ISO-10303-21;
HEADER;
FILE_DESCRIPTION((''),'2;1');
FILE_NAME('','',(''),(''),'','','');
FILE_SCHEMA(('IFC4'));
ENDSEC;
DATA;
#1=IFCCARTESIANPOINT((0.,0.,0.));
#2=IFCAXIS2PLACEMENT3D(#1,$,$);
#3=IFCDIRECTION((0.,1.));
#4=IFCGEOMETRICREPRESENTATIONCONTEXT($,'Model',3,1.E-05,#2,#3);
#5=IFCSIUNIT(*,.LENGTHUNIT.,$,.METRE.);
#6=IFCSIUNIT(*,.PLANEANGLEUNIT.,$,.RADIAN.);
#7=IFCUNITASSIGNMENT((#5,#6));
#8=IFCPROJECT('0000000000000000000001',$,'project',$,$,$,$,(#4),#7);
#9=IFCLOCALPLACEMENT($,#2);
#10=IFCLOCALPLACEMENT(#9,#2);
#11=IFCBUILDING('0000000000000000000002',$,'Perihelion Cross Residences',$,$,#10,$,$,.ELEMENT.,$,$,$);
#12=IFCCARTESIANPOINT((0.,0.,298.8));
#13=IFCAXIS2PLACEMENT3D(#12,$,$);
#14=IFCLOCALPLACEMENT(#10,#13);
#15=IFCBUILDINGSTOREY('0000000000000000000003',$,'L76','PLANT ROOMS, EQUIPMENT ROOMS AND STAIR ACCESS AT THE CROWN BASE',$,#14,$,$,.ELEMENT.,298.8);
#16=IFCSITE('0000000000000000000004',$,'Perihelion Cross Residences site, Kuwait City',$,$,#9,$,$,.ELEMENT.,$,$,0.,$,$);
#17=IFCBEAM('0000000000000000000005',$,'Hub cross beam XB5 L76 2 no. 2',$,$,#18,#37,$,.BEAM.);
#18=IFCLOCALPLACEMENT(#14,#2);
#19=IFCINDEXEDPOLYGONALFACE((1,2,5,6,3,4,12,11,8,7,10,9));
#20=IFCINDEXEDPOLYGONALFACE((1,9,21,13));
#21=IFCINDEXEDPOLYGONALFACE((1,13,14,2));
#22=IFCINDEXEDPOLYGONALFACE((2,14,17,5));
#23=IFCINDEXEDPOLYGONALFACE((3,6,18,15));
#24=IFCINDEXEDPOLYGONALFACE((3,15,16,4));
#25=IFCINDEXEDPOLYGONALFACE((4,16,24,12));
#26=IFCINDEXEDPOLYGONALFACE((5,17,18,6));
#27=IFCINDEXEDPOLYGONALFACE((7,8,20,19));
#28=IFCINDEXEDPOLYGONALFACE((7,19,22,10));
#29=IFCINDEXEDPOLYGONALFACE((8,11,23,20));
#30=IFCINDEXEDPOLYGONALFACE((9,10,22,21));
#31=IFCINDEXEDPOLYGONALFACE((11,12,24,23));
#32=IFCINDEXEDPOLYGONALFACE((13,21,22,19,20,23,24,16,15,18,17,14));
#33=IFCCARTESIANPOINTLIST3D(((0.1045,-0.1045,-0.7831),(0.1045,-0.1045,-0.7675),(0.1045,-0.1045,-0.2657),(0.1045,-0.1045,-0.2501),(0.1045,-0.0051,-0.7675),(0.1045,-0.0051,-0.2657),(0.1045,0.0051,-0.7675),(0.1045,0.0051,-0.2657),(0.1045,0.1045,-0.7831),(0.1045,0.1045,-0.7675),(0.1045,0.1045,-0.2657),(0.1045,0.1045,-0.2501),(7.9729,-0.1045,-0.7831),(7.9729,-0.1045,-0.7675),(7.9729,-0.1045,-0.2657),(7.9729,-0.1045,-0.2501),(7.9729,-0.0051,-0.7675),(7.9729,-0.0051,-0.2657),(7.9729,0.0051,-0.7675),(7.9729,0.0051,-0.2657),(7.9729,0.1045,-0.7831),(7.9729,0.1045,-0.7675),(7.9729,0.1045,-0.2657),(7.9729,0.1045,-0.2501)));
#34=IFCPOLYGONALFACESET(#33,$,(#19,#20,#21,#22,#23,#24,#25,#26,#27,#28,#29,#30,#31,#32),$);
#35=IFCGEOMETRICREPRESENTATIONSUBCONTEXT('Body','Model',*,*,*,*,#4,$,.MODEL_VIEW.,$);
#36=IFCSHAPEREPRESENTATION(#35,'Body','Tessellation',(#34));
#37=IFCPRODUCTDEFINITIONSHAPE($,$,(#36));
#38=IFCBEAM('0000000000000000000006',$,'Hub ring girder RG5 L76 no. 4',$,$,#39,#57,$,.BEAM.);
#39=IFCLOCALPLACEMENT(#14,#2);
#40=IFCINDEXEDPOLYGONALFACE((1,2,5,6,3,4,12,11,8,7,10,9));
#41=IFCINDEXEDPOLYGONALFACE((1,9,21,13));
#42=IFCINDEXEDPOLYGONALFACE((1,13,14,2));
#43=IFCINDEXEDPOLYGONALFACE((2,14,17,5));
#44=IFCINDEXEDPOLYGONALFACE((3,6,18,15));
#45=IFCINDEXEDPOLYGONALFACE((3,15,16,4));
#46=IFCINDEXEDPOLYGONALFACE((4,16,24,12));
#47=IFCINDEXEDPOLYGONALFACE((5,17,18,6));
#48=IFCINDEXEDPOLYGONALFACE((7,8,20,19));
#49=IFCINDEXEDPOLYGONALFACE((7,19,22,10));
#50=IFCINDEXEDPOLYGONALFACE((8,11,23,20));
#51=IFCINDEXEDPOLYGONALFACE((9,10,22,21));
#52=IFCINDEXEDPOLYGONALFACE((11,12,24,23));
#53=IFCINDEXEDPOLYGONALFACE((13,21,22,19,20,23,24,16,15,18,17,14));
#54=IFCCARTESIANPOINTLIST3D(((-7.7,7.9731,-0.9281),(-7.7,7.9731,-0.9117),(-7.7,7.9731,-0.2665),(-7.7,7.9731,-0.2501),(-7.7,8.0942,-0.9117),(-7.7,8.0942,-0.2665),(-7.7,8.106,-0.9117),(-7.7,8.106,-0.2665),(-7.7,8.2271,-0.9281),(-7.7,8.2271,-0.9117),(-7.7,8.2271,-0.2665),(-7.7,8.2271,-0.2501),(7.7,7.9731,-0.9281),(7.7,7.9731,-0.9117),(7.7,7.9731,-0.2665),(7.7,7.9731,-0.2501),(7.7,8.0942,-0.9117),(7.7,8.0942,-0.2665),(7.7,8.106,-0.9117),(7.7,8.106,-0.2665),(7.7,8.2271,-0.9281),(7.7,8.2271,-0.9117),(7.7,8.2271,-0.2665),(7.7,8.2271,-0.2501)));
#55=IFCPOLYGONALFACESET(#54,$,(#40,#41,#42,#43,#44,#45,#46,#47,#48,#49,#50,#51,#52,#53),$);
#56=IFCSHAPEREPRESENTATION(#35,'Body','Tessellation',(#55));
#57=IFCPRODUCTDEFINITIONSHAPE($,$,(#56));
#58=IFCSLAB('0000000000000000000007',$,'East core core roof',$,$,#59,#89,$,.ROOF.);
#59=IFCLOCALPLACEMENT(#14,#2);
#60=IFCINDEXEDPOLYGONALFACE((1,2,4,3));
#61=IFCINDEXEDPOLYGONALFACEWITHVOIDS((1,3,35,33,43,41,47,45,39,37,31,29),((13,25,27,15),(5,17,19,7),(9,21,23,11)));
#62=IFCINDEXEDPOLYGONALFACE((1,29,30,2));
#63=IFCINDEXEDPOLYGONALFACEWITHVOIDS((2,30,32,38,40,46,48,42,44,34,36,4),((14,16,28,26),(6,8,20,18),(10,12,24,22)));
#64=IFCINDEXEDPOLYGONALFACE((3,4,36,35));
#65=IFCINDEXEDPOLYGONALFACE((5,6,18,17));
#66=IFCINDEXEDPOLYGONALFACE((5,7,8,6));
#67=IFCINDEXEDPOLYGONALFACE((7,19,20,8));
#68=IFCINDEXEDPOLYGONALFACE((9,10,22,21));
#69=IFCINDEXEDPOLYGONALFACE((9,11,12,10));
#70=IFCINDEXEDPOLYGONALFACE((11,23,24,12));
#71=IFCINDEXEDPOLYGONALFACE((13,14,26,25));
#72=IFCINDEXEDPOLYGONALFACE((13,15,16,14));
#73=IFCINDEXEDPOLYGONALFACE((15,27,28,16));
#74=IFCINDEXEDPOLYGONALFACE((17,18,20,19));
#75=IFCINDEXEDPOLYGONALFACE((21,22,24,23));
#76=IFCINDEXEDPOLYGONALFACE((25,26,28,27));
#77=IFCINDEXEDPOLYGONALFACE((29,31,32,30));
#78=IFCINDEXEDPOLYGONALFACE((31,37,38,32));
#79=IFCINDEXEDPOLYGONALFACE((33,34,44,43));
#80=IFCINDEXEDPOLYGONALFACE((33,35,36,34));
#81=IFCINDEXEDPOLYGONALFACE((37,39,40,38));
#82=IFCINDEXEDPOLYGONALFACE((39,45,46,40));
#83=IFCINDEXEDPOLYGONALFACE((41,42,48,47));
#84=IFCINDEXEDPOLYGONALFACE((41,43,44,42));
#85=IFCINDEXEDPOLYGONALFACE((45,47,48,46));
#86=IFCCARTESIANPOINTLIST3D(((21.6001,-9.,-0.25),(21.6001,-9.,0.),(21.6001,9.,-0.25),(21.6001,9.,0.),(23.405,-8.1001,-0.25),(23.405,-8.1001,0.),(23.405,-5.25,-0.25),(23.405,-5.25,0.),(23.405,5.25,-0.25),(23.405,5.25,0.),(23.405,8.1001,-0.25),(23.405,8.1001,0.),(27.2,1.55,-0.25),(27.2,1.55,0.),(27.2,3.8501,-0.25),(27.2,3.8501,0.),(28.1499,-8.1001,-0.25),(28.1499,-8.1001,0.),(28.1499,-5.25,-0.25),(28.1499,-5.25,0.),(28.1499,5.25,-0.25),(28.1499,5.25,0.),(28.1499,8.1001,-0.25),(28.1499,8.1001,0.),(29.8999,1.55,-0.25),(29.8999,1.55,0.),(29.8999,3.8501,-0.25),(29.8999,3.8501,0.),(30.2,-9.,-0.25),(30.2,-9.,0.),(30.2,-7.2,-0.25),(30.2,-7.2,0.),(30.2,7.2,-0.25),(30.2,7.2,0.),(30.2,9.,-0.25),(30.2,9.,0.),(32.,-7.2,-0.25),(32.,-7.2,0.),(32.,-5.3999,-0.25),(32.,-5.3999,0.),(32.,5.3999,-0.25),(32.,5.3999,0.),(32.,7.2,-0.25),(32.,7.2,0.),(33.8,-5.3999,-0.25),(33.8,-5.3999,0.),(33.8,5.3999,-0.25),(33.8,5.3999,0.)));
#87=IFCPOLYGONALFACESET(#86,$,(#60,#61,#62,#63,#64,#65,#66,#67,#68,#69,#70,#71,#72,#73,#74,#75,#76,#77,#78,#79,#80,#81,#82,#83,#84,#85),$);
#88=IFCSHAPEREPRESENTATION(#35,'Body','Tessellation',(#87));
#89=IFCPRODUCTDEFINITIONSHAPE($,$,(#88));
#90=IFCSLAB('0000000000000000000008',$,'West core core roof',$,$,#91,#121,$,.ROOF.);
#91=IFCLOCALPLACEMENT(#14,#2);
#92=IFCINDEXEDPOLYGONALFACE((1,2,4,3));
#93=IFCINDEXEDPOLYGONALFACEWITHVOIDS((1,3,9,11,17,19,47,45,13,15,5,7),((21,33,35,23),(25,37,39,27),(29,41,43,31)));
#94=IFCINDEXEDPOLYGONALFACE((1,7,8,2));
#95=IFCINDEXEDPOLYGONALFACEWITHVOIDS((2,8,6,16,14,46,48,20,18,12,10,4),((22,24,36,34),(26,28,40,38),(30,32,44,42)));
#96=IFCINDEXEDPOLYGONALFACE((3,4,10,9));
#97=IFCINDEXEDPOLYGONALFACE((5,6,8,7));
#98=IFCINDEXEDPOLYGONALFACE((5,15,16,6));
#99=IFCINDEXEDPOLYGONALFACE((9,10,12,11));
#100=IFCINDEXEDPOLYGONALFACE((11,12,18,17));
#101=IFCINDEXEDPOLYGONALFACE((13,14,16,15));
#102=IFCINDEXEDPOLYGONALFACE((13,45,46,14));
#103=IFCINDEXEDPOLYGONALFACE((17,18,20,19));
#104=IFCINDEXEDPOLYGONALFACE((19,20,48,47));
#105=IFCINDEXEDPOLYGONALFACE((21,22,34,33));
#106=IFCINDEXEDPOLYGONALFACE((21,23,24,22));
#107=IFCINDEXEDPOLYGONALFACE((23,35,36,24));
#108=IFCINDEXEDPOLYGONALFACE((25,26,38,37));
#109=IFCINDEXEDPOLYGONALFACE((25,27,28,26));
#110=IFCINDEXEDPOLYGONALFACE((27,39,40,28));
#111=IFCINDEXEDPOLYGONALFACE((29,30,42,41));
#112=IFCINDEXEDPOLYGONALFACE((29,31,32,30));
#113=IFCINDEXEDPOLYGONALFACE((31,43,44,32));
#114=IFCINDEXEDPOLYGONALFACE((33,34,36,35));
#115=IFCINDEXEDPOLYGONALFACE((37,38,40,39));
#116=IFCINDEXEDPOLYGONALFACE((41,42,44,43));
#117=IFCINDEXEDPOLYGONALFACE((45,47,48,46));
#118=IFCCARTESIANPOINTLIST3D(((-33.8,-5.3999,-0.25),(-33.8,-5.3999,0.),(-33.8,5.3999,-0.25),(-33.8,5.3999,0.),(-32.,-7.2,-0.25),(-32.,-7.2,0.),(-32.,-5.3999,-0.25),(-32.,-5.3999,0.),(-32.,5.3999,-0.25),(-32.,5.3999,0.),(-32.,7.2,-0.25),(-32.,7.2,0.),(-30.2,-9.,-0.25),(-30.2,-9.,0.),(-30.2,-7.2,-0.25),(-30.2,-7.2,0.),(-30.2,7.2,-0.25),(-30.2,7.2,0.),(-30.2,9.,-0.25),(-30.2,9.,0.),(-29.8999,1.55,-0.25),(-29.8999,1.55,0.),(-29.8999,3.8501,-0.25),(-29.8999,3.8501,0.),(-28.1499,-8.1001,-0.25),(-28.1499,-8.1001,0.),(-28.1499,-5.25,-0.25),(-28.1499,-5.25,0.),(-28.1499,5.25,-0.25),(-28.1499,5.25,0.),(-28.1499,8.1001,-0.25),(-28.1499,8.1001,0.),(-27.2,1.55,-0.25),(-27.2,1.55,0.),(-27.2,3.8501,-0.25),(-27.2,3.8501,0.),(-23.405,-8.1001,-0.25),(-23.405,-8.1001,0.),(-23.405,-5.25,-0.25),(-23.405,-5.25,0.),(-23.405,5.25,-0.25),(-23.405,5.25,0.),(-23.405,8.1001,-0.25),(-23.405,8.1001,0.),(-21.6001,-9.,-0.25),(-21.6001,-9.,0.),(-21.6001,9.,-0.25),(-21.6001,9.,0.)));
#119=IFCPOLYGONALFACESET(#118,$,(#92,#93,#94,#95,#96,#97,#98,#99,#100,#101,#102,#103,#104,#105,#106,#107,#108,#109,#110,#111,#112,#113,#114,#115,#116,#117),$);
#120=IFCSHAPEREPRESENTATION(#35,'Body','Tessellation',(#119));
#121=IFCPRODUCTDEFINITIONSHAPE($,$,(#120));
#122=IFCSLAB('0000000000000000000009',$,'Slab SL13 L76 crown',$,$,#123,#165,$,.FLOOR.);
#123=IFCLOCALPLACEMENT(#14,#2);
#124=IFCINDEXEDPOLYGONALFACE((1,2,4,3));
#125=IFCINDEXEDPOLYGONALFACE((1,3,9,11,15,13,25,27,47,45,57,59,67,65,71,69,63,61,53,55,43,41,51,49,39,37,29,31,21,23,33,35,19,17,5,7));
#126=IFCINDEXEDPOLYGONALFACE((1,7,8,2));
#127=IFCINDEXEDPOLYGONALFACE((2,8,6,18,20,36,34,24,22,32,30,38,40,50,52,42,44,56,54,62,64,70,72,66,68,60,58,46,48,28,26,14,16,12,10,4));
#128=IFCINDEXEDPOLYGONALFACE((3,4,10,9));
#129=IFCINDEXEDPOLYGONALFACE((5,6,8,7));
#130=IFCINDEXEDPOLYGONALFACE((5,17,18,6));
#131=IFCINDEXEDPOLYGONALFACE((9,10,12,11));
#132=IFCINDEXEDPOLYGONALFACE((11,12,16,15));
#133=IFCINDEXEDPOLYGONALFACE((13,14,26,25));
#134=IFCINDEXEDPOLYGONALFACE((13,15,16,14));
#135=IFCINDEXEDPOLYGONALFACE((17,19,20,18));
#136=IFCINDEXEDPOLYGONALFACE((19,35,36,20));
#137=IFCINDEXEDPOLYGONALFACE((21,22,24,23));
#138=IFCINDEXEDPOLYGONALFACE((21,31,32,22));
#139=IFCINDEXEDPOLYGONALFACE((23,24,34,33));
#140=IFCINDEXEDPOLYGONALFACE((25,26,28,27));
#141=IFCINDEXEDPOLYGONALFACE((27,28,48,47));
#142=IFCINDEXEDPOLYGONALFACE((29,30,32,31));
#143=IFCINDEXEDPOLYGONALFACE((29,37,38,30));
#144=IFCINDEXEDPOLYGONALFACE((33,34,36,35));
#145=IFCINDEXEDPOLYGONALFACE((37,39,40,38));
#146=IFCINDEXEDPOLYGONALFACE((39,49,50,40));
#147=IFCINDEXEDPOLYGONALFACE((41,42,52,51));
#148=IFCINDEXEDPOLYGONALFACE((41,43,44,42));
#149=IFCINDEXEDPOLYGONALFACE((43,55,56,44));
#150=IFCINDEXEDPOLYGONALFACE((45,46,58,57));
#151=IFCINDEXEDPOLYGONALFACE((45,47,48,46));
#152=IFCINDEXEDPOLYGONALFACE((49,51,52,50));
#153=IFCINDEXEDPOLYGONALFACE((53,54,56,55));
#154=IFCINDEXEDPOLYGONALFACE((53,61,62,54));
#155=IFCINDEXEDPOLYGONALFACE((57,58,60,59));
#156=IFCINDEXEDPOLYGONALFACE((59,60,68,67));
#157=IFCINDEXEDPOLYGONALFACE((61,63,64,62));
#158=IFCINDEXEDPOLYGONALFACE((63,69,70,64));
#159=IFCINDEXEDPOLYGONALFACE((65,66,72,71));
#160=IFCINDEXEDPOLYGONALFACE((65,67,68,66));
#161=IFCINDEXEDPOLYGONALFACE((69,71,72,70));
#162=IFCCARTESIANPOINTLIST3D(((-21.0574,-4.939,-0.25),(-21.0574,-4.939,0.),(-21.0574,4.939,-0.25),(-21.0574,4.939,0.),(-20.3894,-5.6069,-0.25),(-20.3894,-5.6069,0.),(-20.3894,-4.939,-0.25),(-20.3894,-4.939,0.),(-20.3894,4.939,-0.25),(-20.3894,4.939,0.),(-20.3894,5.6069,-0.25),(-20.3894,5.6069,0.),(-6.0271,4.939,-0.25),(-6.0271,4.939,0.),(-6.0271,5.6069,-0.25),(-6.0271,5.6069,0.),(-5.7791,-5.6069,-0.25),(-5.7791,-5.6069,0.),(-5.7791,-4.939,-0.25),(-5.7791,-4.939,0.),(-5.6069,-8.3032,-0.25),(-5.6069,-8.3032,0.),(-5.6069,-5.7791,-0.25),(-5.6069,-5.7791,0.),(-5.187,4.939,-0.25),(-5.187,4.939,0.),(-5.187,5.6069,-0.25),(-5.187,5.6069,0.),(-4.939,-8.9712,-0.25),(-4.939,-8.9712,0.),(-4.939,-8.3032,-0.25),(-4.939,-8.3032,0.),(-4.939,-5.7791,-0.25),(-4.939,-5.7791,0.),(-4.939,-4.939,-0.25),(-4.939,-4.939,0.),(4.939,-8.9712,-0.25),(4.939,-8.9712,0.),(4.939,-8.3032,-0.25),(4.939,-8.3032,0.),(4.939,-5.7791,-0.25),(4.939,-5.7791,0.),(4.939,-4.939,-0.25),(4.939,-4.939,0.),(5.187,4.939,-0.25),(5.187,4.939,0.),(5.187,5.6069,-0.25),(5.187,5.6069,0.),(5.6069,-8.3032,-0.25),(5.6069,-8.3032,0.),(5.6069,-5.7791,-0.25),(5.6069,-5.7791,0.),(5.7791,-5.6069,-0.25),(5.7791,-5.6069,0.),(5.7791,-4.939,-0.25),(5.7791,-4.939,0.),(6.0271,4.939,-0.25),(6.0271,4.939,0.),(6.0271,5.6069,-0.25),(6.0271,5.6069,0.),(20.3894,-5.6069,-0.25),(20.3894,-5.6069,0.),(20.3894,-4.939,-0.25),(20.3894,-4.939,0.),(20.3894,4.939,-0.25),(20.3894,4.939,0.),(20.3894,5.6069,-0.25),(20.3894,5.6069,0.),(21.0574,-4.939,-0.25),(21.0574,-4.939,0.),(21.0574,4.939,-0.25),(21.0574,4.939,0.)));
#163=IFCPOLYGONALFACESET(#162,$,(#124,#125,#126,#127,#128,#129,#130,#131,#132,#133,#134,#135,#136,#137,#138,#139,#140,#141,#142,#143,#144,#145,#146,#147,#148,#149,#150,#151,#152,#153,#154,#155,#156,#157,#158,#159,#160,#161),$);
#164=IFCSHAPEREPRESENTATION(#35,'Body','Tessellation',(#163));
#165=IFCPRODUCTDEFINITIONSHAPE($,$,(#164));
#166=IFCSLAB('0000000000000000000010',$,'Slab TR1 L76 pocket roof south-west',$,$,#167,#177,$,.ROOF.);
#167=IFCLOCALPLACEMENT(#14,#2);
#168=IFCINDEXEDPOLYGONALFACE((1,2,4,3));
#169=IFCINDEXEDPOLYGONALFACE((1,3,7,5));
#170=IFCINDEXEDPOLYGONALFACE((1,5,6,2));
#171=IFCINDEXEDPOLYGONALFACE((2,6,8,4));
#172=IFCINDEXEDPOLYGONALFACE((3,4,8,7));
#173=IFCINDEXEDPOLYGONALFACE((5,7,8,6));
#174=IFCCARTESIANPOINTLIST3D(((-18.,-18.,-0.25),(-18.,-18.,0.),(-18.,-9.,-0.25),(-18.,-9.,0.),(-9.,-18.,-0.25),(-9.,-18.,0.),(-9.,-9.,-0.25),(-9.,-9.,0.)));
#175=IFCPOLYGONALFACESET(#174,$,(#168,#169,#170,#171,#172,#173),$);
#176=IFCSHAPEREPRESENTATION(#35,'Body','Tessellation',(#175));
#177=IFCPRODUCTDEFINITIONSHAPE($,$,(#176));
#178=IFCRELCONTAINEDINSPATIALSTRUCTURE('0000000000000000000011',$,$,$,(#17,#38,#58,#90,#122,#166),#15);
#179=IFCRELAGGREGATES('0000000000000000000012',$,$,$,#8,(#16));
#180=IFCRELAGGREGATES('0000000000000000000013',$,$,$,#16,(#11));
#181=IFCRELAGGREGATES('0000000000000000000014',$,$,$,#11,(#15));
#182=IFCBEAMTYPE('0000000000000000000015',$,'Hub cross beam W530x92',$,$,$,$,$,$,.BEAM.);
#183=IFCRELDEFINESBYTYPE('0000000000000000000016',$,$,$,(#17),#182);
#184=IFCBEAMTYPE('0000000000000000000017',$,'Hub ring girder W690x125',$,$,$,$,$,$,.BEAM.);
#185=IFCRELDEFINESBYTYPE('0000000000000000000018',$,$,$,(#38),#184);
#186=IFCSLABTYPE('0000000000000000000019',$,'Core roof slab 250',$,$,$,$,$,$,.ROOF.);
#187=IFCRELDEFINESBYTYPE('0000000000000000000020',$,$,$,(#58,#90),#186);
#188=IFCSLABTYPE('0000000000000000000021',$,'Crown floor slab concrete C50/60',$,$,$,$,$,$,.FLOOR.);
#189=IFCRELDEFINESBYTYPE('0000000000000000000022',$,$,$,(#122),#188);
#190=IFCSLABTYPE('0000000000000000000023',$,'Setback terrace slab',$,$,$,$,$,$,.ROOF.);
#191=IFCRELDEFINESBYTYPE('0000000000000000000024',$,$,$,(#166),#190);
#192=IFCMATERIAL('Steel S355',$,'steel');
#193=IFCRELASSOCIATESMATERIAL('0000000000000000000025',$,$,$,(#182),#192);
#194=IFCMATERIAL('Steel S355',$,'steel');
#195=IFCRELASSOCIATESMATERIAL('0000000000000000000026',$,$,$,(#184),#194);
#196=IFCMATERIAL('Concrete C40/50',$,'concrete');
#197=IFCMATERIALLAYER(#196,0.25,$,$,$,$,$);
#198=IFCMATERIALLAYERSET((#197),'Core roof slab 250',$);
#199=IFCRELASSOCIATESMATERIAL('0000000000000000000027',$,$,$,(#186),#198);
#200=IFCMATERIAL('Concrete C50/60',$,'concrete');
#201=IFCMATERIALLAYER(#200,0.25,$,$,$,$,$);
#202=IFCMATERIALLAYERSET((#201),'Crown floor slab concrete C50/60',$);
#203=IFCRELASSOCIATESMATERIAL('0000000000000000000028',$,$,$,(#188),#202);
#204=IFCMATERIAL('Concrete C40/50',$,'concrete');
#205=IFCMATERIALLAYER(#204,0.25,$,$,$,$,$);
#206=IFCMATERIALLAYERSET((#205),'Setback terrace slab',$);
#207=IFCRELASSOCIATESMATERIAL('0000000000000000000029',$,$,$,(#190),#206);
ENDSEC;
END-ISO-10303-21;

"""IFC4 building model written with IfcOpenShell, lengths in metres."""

from ifc_helpers import new_model, si_unit, direction, frame, origin, origin_2d, place, context, subcontext, project, spatial, polyline, i_section, outline, extrude, material, layer, layer_set, material_profile, profile_set, type_object, element, save


model = new_model("IFC4")

# Units and contexts
model_context = context("Model", 3, precision=1e-05, world=origin(), true_north=direction((0.0, 1.0)))
body_context = subcontext(model_context, "Body", "Model", "MODEL_VIEW")
ifc_project = project(units=[si_unit("LENGTHUNIT", "METRE"), si_unit("PLANEANGLEUNIT", "RADIAN")], contexts=[model_context])

# Site, building, storey
site_placement = place(None, origin())
site = spatial("IfcSite", under=ifc_project, at=site_placement, Name="Perihelion Cross Residences site, Kuwait City", CompositionType="ELEMENT", RefElevation=0.0)
building_placement = place(site_placement, origin())
building = spatial("IfcBuilding", under=site, at=building_placement, Name="Perihelion Cross Residences", CompositionType="ELEMENT")
storey_placement = place(building_placement, frame((0.0, 0.0, 298.8)))
storey = spatial("IfcBuildingStorey", under=building, at=storey_placement, Name="L76", Description="PLANT ROOMS, EQUIPMENT ROOMS AND STAIR ACCESS AT THE CROWN BASE", CompositionType="ELEMENT", Elevation=298.8)

# Beams
ifc_material_1 = material(Name="Steel S355", Category="steel")
ifc_material_profile_1 = material_profile(ifc_material_1, i_section(OverallWidth=0.209, OverallDepth=0.533, WebThickness=0.0103, FlangeThickness=0.0156, at=origin_2d()), Name="W530x92")
ifc_profile_set_1 = profile_set([ifc_material_profile_1], Name="Steel S355")
beam_type_1 = type_object("IfcBeamType", Name="Hub cross beam W530x92", PredefinedType="BEAM", material=ifc_profile_set_1)
beam_1_placement = place(storey_placement, frame((0.1045, 0.0, -0.5166), z_axis=(1.0, 0.0, 0.0), x_axis=(0.0, 1.0, 0.0)))
element("IfcBeam", 1, at=beam_1_placement, inside=storey, type_object=beam_type_1, Name="Hub cross beam XB5 L76 2 no. 2", PredefinedType="BEAM", context=body_context, shape_type="SweptSolid", body=[
    extrude(i_section(OverallWidth=0.209, OverallDepth=0.533, WebThickness=0.0103, FlangeThickness=0.0156, at=origin_2d()), origin(), (0.0, 0.0, 1.0), 7.8684),
])
ifc_material_2 = material(Name="Steel S355", Category="steel")
ifc_material_profile_2 = material_profile(ifc_material_2, i_section(OverallWidth=0.2539, OverallDepth=0.678, WebThickness=0.0117, FlangeThickness=0.0164, at=origin_2d()), Name="W690x125")
ifc_profile_set_2 = profile_set([ifc_material_profile_2], Name="Steel S355")
beam_type_2 = type_object("IfcBeamType", Name="Hub ring girder W690x125", PredefinedType="BEAM", material=ifc_profile_set_2)
beam_2_placement = place(storey_placement, frame((7.7, 8.1001, -0.5891), z_axis=(-1.0, 0.0, 0.0), x_axis=(0.0, -1.0, 0.0)))
element("IfcBeam", 2, at=beam_2_placement, inside=storey, type_object=beam_type_2, Name="Hub ring girder RG5 L76 no. 4", PredefinedType="BEAM", context=body_context, shape_type="SweptSolid", body=[
    extrude(i_section(OverallWidth=0.2539, OverallDepth=0.678, WebThickness=0.0117, FlangeThickness=0.0164, at=origin_2d()), origin(), (0.0, 0.0, 1.0), 15.3999),
])

# Slabs
ifc_material_3 = material(Name="Concrete C40/50", Category="concrete")
ifc_layer_1 = layer(ifc_material_3, 0.25)
ifc_layer_set_1 = layer_set([ifc_layer_1], Name="Core roof slab 250")
slab_type_1 = type_object("IfcSlabType", Name="Core roof slab 250", PredefinedType="ROOF", material=ifc_layer_set_1)
slab_1_placement = place(storey_placement, frame((0.0, 0.0, -0.25)))
element("IfcSlab", 3, at=slab_1_placement, inside=storey, type_object=slab_type_1, Name="East core core roof", PredefinedType="ROOF", context=body_context, shape_type="SweptSolid", body=[
    extrude(outline(polyline([(30.2, 7.2), (32.0, 7.2), (32.0, 5.3999), (33.8, 5.3999), (33.8, -5.3999), (32.0, -5.3999), (32.0, -7.2), (30.2, -7.2), (30.2, -9.0), (21.6001, -9.0), (21.6001, 9.0), (30.2, 9.0), (30.2, 7.2)]), holes=[polyline([(28.1499, -5.25), (23.405, -5.25), (23.405, -8.1001), (28.1499, -8.1001), (28.1499, -5.25)]), polyline([(27.2, 1.55), (29.8999, 1.55), (29.8999, 3.8501), (27.2, 3.8501), (27.2, 1.55)]), polyline([(28.1499, 5.25), (28.1499, 8.1001), (23.405, 8.1001), (23.405, 5.25), (28.1499, 5.25)])]), origin(), (0.0, 0.0, 1.0), 0.25),
])
slab_2_placement = place(storey_placement, frame((0.0, 0.0, -0.25)))
element("IfcSlab", 4, at=slab_2_placement, inside=storey, type_object=slab_type_1, Name="West core core roof", PredefinedType="ROOF", context=body_context, shape_type="SweptSolid", body=[
    extrude(outline(polyline([(-30.2, 7.2), (-32.0, 7.2), (-32.0, 5.3999), (-33.8, 5.3999), (-33.8, -5.3999), (-32.0, -5.3999), (-32.0, -7.2), (-30.2, -7.2), (-30.2, -9.0), (-21.6001, -9.0), (-21.6001, 9.0), (-30.2, 9.0), (-30.2, 7.2)]), holes=[polyline([(-28.1499, -5.25), (-23.405, -5.25), (-23.405, -8.1001), (-28.1499, -8.1001), (-28.1499, -5.25)]), polyline([(-27.2, 1.55), (-29.8999, 1.55), (-29.8999, 3.8501), (-27.2, 3.8501), (-27.2, 1.55)]), polyline([(-28.1499, 5.25), (-28.1499, 8.1001), (-23.405, 8.1001), (-23.405, 5.25), (-28.1499, 5.25)])]), origin(), (0.0, 0.0, 1.0), 0.25),
])
ifc_material_4 = material(Name="Concrete C50/60", Category="concrete")
ifc_layer_2 = layer(ifc_material_4, 0.25)
ifc_layer_set_2 = layer_set([ifc_layer_2], Name="Crown floor slab concrete C50/60")
slab_type_2 = type_object("IfcSlabType", Name="Crown floor slab concrete C50/60", PredefinedType="FLOOR", material=ifc_layer_set_2)
slab_3_placement = place(storey_placement, frame((0.0, 0.0, -0.25)))
element("IfcSlab", 5, at=slab_3_placement, inside=storey, type_object=slab_type_2, Name="Slab SL13 L76 crown", PredefinedType="FLOOR", context=body_context, shape_type="SweptSolid", body=[
    extrude(outline(polyline([(21.0574, -4.939), (20.3894, -4.939), (20.3894, -5.6069), (5.7791, -5.6069), (5.7791, -4.939), (4.939, -4.939), (4.939, -5.7791), (5.6069, -5.7791), (5.6069, -8.3032), (4.939, -8.3032), (4.939, -8.9712), (-4.939, -8.9712), (-4.939, -8.3032), (-5.6069, -8.3032), (-5.6069, -5.7791), (-4.939, -5.7791), (-4.939, -4.939), (-5.7791, -4.939), (-5.7791, -5.6069), (-20.3894, -5.6069), (-20.3894, -4.939), (-21.0574, -4.939), (-21.0574, 4.939), (-20.3894, 4.939), (-20.3894, 5.6069), (-6.0271, 5.6069), (-6.0271, 4.939), (-5.187, 4.939), (-5.187, 5.6069), (5.187, 5.6069), (5.187, 4.939), (6.0271, 4.939), (6.0271, 5.6069), (20.3894, 5.6069), (20.3894, 4.939), (21.0574, 4.939), (21.0574, -4.939)])), origin(), (0.0, 0.0, 1.0), 0.25),
])
ifc_material_5 = material(Name="Concrete C40/50", Category="concrete")
ifc_layer_3 = layer(ifc_material_5, 0.25)
ifc_layer_set_3 = layer_set([ifc_layer_3], Name="Setback terrace slab")
slab_type_3 = type_object("IfcSlabType", Name="Setback terrace slab", PredefinedType="ROOF", material=ifc_layer_set_3)
slab_4_placement = place(storey_placement, frame((0.0, 0.0, -0.25)))
element("IfcSlab", 6, at=slab_4_placement, inside=storey, type_object=slab_type_3, Name="Slab TR1 L76 pocket roof south-west", PredefinedType="ROOF", context=body_context, shape_type="SweptSolid", body=[
    extrude(outline(polyline([(-9.0, -18.0), (-9.0, -9.0), (-18.0, -9.0), (-18.0, -18.0), (-9.0, -18.0)])), origin(), (0.0, 0.0, 1.0), 0.25),
])

save(model, "model.ifc")
